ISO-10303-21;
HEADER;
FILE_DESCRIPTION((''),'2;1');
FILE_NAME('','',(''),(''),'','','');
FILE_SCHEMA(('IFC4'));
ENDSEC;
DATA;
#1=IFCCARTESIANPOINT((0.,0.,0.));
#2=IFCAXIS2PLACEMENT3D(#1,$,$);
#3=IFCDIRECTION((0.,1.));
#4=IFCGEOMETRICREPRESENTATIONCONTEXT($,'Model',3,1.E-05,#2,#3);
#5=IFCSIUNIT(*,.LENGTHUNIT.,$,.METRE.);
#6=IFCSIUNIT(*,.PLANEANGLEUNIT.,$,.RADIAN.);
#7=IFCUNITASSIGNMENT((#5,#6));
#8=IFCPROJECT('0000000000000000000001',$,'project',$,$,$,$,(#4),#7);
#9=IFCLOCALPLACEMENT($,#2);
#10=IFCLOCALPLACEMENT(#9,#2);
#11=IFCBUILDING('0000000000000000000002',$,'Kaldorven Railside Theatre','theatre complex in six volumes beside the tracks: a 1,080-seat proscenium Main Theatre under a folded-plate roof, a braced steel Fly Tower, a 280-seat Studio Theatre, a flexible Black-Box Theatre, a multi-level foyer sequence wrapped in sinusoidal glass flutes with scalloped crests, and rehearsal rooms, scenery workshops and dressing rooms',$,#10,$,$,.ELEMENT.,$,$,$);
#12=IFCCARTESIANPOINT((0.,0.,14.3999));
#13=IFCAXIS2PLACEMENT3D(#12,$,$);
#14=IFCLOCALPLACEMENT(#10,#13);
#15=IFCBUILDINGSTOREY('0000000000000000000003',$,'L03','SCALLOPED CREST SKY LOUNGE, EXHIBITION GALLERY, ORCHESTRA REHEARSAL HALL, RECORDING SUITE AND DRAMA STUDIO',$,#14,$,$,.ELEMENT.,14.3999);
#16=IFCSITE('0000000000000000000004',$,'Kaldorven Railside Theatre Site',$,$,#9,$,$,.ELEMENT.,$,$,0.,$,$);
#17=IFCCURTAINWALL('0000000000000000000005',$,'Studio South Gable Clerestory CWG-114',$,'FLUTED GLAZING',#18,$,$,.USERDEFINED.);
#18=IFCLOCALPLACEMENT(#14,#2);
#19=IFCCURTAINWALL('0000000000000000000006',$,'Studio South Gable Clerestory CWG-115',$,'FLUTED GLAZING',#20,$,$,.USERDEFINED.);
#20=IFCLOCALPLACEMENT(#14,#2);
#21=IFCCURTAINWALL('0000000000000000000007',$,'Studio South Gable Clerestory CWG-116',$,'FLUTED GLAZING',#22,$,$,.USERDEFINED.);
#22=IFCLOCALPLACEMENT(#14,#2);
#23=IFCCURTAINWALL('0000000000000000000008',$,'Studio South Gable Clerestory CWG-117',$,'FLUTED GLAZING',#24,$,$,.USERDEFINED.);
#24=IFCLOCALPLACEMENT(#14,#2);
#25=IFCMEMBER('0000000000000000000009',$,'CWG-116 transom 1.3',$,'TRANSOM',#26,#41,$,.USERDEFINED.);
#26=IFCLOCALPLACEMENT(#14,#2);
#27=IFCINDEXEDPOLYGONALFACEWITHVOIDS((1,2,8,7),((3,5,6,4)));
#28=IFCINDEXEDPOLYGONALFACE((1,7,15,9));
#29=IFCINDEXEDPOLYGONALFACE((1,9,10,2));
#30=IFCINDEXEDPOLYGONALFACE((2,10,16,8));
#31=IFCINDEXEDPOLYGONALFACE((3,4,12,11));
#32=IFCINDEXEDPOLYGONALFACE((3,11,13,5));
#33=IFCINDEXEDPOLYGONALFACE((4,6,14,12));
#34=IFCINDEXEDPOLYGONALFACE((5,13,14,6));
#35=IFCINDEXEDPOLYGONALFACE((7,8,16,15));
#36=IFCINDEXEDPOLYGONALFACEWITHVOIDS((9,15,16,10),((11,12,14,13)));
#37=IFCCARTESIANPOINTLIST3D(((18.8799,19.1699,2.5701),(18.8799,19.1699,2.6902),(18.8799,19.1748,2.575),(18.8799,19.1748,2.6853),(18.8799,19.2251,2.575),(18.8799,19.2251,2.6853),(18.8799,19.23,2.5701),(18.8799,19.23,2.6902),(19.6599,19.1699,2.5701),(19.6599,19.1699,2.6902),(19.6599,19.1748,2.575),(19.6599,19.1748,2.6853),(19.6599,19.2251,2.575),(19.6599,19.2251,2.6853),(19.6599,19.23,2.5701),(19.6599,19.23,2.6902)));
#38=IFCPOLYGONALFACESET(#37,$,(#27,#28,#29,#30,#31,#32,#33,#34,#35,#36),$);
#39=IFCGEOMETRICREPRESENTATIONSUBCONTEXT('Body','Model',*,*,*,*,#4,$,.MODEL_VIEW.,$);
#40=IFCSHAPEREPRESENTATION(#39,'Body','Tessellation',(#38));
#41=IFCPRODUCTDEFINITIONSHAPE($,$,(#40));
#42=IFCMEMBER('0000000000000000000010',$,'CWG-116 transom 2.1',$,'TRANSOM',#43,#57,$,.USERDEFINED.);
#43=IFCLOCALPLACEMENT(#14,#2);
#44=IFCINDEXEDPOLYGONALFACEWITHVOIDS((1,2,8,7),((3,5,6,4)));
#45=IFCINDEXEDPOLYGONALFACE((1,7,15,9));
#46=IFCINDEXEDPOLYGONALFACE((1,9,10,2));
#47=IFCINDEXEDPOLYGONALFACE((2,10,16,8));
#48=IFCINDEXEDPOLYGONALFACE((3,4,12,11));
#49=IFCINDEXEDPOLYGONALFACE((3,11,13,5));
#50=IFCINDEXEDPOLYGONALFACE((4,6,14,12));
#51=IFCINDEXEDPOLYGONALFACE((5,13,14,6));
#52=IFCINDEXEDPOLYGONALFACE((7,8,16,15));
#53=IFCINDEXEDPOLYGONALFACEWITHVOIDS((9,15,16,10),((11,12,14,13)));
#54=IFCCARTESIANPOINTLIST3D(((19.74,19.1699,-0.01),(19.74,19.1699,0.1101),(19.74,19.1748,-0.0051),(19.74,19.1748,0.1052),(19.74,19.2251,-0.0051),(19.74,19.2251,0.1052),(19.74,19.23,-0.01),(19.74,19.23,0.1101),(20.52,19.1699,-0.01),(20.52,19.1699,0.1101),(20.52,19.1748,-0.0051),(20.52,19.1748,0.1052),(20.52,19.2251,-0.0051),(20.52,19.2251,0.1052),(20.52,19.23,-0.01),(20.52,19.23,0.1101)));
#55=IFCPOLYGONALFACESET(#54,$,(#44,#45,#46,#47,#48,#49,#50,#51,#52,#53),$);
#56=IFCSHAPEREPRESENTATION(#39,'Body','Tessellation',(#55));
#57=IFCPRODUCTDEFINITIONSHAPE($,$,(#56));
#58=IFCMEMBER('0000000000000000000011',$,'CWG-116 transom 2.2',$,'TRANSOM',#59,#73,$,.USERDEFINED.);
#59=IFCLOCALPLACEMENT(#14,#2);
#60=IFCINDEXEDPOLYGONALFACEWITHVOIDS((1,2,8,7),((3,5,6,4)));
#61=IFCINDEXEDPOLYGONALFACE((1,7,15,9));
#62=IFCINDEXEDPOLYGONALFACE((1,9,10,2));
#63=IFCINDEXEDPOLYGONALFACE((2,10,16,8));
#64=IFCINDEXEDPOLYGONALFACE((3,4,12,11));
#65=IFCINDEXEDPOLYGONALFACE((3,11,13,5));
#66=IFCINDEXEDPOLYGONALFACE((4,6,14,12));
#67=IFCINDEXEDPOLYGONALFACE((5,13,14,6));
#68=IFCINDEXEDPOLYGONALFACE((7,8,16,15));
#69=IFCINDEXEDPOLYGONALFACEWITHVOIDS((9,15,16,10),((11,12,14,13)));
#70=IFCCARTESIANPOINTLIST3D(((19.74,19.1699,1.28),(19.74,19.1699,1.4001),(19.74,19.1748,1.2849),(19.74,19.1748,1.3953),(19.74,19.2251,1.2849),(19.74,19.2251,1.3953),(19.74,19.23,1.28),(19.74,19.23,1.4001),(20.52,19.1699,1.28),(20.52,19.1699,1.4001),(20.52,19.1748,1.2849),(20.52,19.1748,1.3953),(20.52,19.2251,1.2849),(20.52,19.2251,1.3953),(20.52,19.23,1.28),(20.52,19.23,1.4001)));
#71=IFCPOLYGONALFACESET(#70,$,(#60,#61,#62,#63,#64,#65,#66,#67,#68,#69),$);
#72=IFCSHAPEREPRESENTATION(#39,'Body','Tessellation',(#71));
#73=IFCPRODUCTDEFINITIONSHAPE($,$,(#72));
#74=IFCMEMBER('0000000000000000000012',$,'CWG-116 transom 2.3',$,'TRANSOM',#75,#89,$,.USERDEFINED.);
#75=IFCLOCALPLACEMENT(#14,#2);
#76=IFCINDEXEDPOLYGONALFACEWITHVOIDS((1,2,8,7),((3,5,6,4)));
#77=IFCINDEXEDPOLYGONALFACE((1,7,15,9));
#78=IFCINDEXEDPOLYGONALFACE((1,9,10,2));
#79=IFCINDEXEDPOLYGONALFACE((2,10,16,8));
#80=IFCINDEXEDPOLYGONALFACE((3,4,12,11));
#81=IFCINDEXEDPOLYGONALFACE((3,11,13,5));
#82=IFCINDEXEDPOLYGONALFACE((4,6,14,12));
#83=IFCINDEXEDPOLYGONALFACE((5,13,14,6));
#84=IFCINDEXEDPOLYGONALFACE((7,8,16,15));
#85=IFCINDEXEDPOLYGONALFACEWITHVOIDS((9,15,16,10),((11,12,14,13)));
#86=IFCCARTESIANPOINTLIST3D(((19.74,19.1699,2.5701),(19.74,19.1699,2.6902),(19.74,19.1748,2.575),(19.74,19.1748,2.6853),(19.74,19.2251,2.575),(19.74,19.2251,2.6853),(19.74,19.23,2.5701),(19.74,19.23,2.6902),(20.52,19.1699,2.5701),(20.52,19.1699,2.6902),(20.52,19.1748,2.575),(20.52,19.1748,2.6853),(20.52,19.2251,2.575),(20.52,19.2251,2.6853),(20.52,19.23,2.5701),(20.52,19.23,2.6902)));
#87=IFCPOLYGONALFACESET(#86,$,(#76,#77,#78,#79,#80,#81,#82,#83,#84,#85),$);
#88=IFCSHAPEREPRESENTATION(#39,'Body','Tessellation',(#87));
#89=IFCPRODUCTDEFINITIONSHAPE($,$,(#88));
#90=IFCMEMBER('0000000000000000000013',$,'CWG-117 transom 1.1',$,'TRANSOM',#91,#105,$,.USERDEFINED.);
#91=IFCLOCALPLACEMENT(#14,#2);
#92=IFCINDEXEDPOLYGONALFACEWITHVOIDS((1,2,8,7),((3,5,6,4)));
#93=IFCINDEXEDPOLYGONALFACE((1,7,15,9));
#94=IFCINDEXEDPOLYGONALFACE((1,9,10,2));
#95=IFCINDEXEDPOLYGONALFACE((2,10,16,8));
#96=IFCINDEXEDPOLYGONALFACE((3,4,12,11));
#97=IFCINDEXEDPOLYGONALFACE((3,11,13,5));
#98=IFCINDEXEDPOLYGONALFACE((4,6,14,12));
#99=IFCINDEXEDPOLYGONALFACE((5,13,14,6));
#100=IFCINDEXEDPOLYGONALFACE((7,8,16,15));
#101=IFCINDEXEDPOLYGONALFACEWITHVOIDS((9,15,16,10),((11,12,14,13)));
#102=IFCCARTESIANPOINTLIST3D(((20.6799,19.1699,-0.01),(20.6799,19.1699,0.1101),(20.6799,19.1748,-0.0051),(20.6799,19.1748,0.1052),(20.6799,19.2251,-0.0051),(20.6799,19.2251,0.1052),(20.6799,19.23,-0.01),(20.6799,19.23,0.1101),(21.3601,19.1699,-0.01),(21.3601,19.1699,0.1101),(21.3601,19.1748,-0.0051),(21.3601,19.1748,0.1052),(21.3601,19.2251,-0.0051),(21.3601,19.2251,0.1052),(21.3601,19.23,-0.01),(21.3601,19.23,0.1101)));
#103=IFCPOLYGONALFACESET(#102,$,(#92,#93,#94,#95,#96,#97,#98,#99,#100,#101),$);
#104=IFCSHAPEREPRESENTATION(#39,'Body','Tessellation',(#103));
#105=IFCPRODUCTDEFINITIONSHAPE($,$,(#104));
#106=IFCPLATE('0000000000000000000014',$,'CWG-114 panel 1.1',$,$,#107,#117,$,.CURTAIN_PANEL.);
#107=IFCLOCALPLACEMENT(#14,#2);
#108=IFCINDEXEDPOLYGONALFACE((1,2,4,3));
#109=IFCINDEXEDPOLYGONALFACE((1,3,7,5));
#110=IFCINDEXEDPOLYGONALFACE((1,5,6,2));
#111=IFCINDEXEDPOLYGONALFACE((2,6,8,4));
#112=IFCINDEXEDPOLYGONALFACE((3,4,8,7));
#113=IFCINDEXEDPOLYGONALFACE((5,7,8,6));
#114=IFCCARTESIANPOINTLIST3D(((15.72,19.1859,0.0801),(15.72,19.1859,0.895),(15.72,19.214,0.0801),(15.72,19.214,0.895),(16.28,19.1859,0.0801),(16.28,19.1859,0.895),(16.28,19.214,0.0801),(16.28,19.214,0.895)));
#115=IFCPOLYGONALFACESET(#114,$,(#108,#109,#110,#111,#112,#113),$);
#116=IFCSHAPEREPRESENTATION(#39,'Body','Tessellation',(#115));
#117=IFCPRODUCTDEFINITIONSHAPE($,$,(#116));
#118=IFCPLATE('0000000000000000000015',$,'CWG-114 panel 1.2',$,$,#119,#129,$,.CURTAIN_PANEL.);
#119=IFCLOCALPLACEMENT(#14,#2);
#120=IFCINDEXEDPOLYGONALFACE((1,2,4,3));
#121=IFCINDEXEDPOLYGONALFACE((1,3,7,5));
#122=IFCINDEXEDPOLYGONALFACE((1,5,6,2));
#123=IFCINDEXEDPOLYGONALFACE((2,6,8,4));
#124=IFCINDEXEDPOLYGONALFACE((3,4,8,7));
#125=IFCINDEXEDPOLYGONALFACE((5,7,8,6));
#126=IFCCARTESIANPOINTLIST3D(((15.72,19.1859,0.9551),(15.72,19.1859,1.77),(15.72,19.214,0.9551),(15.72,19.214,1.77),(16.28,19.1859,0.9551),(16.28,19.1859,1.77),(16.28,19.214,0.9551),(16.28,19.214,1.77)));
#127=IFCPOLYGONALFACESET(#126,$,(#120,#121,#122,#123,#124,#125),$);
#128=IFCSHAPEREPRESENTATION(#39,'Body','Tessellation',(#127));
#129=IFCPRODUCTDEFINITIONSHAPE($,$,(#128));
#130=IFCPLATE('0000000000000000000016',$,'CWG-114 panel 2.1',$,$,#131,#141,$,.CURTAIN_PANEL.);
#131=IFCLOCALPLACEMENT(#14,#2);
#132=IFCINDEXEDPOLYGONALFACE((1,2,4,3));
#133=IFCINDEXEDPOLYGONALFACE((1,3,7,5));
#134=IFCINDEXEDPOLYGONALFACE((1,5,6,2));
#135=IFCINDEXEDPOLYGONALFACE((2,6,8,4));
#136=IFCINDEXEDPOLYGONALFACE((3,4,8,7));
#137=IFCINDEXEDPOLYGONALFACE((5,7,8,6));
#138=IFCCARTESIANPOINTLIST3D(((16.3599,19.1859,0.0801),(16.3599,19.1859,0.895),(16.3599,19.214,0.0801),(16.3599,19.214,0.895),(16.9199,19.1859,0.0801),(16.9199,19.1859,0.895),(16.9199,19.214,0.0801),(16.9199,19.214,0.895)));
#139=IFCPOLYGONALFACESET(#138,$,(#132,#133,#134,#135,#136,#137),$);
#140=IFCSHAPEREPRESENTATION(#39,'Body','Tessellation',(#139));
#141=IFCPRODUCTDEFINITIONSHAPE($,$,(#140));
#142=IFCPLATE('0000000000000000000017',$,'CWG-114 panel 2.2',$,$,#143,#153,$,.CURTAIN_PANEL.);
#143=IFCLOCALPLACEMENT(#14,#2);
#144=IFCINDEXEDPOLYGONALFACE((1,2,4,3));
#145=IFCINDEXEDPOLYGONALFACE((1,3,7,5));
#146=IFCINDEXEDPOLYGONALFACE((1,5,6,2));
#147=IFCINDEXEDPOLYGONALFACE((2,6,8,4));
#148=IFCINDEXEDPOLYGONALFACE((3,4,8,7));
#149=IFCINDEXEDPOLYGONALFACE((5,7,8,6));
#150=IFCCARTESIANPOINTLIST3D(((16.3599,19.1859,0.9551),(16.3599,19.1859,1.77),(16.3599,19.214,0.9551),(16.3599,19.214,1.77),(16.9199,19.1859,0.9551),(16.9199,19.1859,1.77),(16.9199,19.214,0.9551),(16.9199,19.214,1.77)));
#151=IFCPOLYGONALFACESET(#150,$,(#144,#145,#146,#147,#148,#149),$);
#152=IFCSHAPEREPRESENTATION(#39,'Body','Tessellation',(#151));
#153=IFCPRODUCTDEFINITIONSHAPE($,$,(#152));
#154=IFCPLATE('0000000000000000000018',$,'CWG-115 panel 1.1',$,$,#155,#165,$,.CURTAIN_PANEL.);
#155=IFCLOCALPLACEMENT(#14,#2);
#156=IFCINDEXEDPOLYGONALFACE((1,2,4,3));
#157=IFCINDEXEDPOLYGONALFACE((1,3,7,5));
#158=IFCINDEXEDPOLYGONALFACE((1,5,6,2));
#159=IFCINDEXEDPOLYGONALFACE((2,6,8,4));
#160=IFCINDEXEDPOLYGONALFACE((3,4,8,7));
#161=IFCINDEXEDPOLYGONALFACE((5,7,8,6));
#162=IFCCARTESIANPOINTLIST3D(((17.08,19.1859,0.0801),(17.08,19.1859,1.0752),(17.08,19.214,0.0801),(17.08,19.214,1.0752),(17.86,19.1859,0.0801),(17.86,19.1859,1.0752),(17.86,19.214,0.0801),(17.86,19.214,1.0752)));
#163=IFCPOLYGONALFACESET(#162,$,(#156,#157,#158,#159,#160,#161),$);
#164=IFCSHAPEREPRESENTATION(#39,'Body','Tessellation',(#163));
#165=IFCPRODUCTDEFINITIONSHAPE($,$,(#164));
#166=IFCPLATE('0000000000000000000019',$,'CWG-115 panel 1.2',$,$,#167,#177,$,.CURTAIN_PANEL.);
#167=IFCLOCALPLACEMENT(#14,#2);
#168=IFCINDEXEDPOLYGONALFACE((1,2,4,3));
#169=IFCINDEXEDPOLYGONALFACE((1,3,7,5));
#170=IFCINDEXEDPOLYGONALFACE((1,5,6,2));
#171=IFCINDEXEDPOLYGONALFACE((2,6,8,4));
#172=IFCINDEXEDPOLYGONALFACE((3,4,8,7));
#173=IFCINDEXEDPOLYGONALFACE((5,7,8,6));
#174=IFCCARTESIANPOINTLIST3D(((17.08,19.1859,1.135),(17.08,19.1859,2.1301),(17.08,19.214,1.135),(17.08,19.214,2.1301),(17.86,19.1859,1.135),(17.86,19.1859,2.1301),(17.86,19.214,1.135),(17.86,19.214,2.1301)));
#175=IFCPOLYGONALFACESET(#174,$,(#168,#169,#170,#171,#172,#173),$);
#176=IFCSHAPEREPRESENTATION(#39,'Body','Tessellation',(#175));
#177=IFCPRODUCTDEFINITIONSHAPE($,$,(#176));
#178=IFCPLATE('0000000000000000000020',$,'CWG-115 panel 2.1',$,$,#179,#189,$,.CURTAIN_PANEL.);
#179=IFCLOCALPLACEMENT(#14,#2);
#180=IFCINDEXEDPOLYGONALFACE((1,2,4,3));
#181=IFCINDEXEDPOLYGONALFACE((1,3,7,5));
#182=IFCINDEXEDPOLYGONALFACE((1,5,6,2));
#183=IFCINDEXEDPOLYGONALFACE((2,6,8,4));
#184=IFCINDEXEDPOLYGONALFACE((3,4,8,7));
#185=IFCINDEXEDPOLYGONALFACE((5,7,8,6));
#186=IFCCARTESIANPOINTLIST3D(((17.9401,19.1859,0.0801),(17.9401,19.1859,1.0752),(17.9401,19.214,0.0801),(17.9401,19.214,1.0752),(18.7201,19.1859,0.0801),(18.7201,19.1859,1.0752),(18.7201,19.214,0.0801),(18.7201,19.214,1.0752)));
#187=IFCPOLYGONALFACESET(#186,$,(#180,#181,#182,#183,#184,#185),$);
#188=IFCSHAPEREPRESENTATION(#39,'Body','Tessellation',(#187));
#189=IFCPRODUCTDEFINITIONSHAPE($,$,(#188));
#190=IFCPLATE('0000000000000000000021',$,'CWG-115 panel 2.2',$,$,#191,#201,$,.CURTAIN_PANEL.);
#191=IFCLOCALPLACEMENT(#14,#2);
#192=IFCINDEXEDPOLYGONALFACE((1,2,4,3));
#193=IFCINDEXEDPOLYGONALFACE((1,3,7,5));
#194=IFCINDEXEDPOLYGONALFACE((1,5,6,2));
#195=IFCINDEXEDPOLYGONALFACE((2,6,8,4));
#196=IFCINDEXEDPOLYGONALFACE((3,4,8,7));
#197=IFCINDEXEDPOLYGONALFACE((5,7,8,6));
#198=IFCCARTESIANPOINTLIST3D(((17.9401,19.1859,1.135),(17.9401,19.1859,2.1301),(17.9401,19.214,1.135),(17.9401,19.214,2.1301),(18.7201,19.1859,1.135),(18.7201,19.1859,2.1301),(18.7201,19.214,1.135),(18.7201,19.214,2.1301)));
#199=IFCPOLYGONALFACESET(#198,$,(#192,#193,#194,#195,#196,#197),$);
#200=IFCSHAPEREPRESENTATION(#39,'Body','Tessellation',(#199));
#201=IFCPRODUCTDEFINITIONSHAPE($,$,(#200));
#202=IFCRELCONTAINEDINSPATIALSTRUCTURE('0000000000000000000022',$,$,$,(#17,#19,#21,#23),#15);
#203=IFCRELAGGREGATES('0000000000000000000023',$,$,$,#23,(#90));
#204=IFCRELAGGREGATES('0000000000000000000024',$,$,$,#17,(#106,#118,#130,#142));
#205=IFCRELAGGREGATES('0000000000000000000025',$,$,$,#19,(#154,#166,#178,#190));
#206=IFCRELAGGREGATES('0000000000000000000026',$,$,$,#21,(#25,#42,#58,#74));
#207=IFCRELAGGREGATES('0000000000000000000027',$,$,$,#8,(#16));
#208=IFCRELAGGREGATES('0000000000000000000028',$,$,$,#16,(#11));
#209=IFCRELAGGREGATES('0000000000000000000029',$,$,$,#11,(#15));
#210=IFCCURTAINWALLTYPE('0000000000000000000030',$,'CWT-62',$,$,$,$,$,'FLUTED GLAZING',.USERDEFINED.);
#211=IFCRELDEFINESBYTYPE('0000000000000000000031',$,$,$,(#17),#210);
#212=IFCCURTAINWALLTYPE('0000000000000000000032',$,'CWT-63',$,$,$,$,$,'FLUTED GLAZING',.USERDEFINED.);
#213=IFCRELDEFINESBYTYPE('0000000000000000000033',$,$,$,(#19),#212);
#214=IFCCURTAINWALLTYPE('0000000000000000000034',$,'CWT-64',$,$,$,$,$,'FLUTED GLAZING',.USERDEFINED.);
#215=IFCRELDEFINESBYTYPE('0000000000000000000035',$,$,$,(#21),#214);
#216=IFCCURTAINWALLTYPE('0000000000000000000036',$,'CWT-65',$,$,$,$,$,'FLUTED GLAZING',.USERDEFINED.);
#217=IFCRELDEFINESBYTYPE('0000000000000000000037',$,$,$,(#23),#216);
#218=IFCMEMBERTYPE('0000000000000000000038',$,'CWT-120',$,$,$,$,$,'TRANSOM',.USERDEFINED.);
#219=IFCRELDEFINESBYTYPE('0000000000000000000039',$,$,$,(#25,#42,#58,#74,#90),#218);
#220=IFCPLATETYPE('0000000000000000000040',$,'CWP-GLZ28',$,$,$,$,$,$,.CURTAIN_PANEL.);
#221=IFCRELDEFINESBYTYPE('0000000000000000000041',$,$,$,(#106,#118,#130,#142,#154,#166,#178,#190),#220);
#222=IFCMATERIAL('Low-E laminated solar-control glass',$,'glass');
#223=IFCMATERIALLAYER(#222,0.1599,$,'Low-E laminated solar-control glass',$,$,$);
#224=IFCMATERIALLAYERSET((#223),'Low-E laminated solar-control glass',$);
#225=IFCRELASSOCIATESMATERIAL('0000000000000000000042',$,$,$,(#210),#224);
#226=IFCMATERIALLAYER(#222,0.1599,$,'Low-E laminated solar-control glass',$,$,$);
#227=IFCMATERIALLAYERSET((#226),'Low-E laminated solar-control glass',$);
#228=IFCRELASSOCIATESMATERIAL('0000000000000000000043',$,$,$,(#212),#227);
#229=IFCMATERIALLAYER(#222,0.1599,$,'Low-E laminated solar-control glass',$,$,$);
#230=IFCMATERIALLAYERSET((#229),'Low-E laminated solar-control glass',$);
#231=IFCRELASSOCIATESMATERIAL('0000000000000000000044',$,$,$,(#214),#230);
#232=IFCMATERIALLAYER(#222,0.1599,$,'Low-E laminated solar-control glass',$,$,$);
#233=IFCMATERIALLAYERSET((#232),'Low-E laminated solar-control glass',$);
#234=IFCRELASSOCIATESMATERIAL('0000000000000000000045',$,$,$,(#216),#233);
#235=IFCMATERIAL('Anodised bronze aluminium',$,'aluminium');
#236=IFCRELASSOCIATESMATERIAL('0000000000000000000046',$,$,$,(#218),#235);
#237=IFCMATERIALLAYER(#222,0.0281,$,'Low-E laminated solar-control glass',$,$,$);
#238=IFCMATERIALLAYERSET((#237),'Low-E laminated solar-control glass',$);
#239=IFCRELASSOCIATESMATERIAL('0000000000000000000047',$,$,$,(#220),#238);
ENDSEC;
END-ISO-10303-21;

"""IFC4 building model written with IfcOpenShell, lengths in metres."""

from ifc_helpers import new_model, si_unit, direction, frame, origin, origin_2d, place, context, subcontext, project, spatial, rectangle, hollow_rectangle, extrude, material, layer, layer_set, material_profile, profile_set, type_object, element, aggregate, save


model = new_model("IFC4")

# Units and contexts
model_context = context("Model", 3, precision=1e-05, world=origin(), true_north=direction((0.0, 1.0)))
body_context = subcontext(model_context, "Body", "Model", "MODEL_VIEW")
ifc_project = project(units=[si_unit("LENGTHUNIT", "METRE"), si_unit("PLANEANGLEUNIT", "RADIAN")], contexts=[model_context])

# Site, building, storey
site_placement = place(None, origin())
site = spatial("IfcSite", under=ifc_project, at=site_placement, Name="Kaldorven Railside Theatre Site", CompositionType="ELEMENT", RefElevation=0.0)
building_placement = place(site_placement, origin())
building = spatial("IfcBuilding", under=site, at=building_placement, Name="Kaldorven Railside Theatre", Description="theatre complex in six volumes beside the tracks: a 1,080-seat proscenium Main Theatre under a folded-plate roof, a braced steel Fly Tower, a 280-seat Studio Theatre, a flexible Black-Box Theatre, a multi-level foyer sequence wrapped in sinusoidal glass flutes with scalloped crests, and rehearsal rooms, scenery workshops and dressing rooms", CompositionType="ELEMENT")
storey_placement = place(building_placement, frame((0.0, 0.0, 14.3999)))
storey = spatial("IfcBuildingStorey", under=building, at=storey_placement, Name="L03", Description="SCALLOPED CREST SKY LOUNGE, EXHIBITION GALLERY, ORCHESTRA REHEARSAL HALL, RECORDING SUITE AND DRAMA STUDIO", CompositionType="ELEMENT", Elevation=14.3999)

# Curtain walls
ifc_material_1 = material(Name="Low-E laminated solar-control glass", Category="glass")
ifc_layer_1 = layer(ifc_material_1, 0.1599, Name="Low-E laminated solar-control glass")
ifc_layer_set_1 = layer_set([ifc_layer_1], Name="Low-E laminated solar-control glass")
curtain_wall_type_1 = type_object("IfcCurtainWallType", Name="CWT-62", ElementType="FLUTED GLAZING", PredefinedType="USERDEFINED", material=ifc_layer_set_1)
curtain_wall_1_placement = place(storey_placement, origin())
curtain_wall_1 = element("IfcCurtainWall", 1, at=curtain_wall_1_placement, inside=storey, type_object=curtain_wall_type_1, Name="Studio South Gable Clerestory CWG-114", ObjectType="FLUTED GLAZING", PredefinedType="USERDEFINED")
ifc_material_2 = material(Name="Anodised bronze aluminium", Category="aluminium")
ifc_layer_2 = layer(ifc_material_1, 0.1599, Name="Low-E laminated solar-control glass")
ifc_layer_set_2 = layer_set([ifc_layer_2], Name="Low-E laminated solar-control glass")
curtain_wall_type_2 = type_object("IfcCurtainWallType", Name="CWT-63", ElementType="FLUTED GLAZING", PredefinedType="USERDEFINED", material=ifc_layer_set_2)
curtain_wall_2_placement = place(storey_placement, origin())
curtain_wall_2 = element("IfcCurtainWall", 2, at=curtain_wall_2_placement, inside=storey, type_object=curtain_wall_type_2, Name="Studio South Gable Clerestory CWG-115", ObjectType="FLUTED GLAZING", PredefinedType="USERDEFINED")
ifc_layer_3 = layer(ifc_material_1, 0.1599, Name="Low-E laminated solar-control glass")
ifc_layer_set_3 = layer_set([ifc_layer_3], Name="Low-E laminated solar-control glass")
curtain_wall_type_3 = type_object("IfcCurtainWallType", Name="CWT-64", ElementType="FLUTED GLAZING", PredefinedType="USERDEFINED", material=ifc_layer_set_3)
curtain_wall_3_placement = place(storey_placement, origin())
curtain_wall_3 = element("IfcCurtainWall", 3, at=curtain_wall_3_placement, inside=storey, type_object=curtain_wall_type_3, Name="Studio South Gable Clerestory CWG-116", ObjectType="FLUTED GLAZING", PredefinedType="USERDEFINED")

# Curtain wall
ifc_layer_4 = layer(ifc_material_1, 0.1599, Name="Low-E laminated solar-control glass")
ifc_layer_set_4 = layer_set([ifc_layer_4], Name="Low-E laminated solar-control glass")
curtain_wall_type_4 = type_object("IfcCurtainWallType", Name="CWT-65", ElementType="FLUTED GLAZING", PredefinedType="USERDEFINED", material=ifc_layer_set_4)
curtain_wall_4_placement = place(storey_placement, origin())
curtain_wall_4 = element("IfcCurtainWall", 4, at=curtain_wall_4_placement, inside=storey, type_object=curtain_wall_type_4, Name="Studio South Gable Clerestory CWG-117", ObjectType="FLUTED GLAZING", PredefinedType="USERDEFINED")

# Members
ifc_material_profile_1 = material_profile(ifc_material_2, hollow_rectangle(XDim=0.0601, YDim=0.1201, WallThickness=0.0049, at=origin_2d()), Name="RHS 120x60x5")
ifc_profile_set_1 = profile_set([ifc_material_profile_1], Name="Anodised bronze aluminium")
member_type_1 = type_object("IfcMemberType", Name="CWT-120", ElementType="TRANSOM", PredefinedType="USERDEFINED", material=ifc_profile_set_1)
member_1_placement = place(storey_placement, frame((18.8799, 19.2, 2.6301), z_axis=(1.0, 0.0, 0.0), x_axis=(0.0, 1.0, 0.0)))
member_1 = element("IfcMember", 5, at=member_1_placement, type_object=member_type_1, Name="CWG-116 transom 1.3", ObjectType="TRANSOM", PredefinedType="USERDEFINED", context=body_context, shape_type="SweptSolid", body=[
    extrude(hollow_rectangle(XDim=0.0601, YDim=0.1201, WallThickness=0.0049, at=origin_2d()), origin(), (0.0, 0.0, 1.0), 0.78),
])
member_2_placement = place(storey_placement, frame((19.74, 19.2, 0.05), z_axis=(1.0, 0.0, 0.0), x_axis=(0.0, 1.0, 0.0)))
member_2 = element("IfcMember", 6, at=member_2_placement, type_object=member_type_1, Name="CWG-116 transom 2.1", ObjectType="TRANSOM", PredefinedType="USERDEFINED", context=body_context, shape_type="SweptSolid", body=[
    extrude(hollow_rectangle(XDim=0.0601, YDim=0.1201, WallThickness=0.0049, at=origin_2d()), origin(), (0.0, 0.0, 1.0), 0.78),
])
member_3_placement = place(storey_placement, frame((19.74, 19.2, 1.3401), z_axis=(1.0, 0.0, 0.0), x_axis=(0.0, 1.0, 0.0)))
member_3 = element("IfcMember", 7, at=member_3_placement, type_object=member_type_1, Name="CWG-116 transom 2.2", ObjectType="TRANSOM", PredefinedType="USERDEFINED", context=body_context, shape_type="SweptSolid", body=[
    extrude(hollow_rectangle(XDim=0.0601, YDim=0.1201, WallThickness=0.0049, at=origin_2d()), origin(), (0.0, 0.0, 1.0), 0.78),
])
member_4_placement = place(storey_placement, frame((19.74, 19.2, 2.6301), z_axis=(1.0, 0.0, 0.0), x_axis=(0.0, 1.0, 0.0)))
member_4 = element("IfcMember", 8, at=member_4_placement, type_object=member_type_1, Name="CWG-116 transom 2.3", ObjectType="TRANSOM", PredefinedType="USERDEFINED", context=body_context, shape_type="SweptSolid", body=[
    extrude(hollow_rectangle(XDim=0.0601, YDim=0.1201, WallThickness=0.0049, at=origin_2d()), origin(), (0.0, 0.0, 1.0), 0.78),
])
member_5_placement = place(storey_placement, frame((20.6799, 19.2, 0.05), z_axis=(1.0, 0.0, 0.0), x_axis=(0.0, 1.0, 0.0)))
member_5 = element("IfcMember", 9, at=member_5_placement, type_object=member_type_1, Name="CWG-117 transom 1.1", ObjectType="TRANSOM", PredefinedType="USERDEFINED", context=body_context, shape_type="SweptSolid", body=[
    extrude(hollow_rectangle(XDim=0.0601, YDim=0.1201, WallThickness=0.0049, at=origin_2d()), origin(), (0.0, 0.0, 1.0), 0.6802),
])
aggregate(curtain_wall_4, [member_5])

# Plates
ifc_layer_5 = layer(ifc_material_1, 0.0281, Name="Low-E laminated solar-control glass")
ifc_layer_set_5 = layer_set([ifc_layer_5], Name="Low-E laminated solar-control glass")
plate_type = type_object("IfcPlateType", Name="CWP-GLZ28", PredefinedType="CURTAIN_PANEL", material=ifc_layer_set_5)
plate_1_placement = place(storey_placement, frame((16.0, 19.2, 0.0801), z_axis=(0.0, 0.0, 1.0), x_axis=(1.0, 0.0, 0.0)))
plate_1 = element("IfcPlate", 10, at=plate_1_placement, type_object=plate_type, Name="CWG-114 panel 1.1", PredefinedType="CURTAIN_PANEL", context=body_context, shape_type="SweptSolid", body=[
    extrude(rectangle(XDim=0.5601, YDim=0.0281, at=origin_2d()), origin(), (0.0, 0.0, 1.0), 0.8149),
])
plate_2_placement = place(storey_placement, frame((16.0, 19.2, 0.9551), z_axis=(0.0, 0.0, 1.0), x_axis=(1.0, 0.0, 0.0)))
plate_2 = element("IfcPlate", 11, at=plate_2_placement, type_object=plate_type, Name="CWG-114 panel 1.2", PredefinedType="CURTAIN_PANEL", context=body_context, shape_type="SweptSolid", body=[
    extrude(rectangle(XDim=0.5601, YDim=0.0281, at=origin_2d()), origin(), (0.0, 0.0, 1.0), 0.8149),
])
plate_3_placement = place(storey_placement, frame((16.6399, 19.2, 0.0801), z_axis=(0.0, 0.0, 1.0), x_axis=(1.0, 0.0, 0.0)))
plate_3 = element("IfcPlate", 12, at=plate_3_placement, type_object=plate_type, Name="CWG-114 panel 2.1", PredefinedType="CURTAIN_PANEL", context=body_context, shape_type="SweptSolid", body=[
    extrude(rectangle(XDim=0.5601, YDim=0.0281, at=origin_2d()), origin(), (0.0, 0.0, 1.0), 0.8149),
])
plate_4_placement = place(storey_placement, frame((16.6399, 19.2, 0.9551), z_axis=(0.0, 0.0, 1.0), x_axis=(1.0, 0.0, 0.0)))
plate_4 = element("IfcPlate", 13, at=plate_4_placement, type_object=plate_type, Name="CWG-114 panel 2.2", PredefinedType="CURTAIN_PANEL", context=body_context, shape_type="SweptSolid", body=[
    extrude(rectangle(XDim=0.5601, YDim=0.0281, at=origin_2d()), origin(), (0.0, 0.0, 1.0), 0.8149),
])
aggregate(curtain_wall_1, [plate_1, plate_2, plate_3, plate_4])
plate_5_placement = place(storey_placement, frame((17.47, 19.2, 0.0801), z_axis=(0.0, 0.0, 1.0), x_axis=(1.0, 0.0, 0.0)))
plate_5 = element("IfcPlate", 14, at=plate_5_placement, type_object=plate_type, Name="CWG-115 panel 1.1", PredefinedType="CURTAIN_PANEL", context=body_context, shape_type="SweptSolid", body=[
    extrude(rectangle(XDim=0.78, YDim=0.0281, at=origin_2d()), origin(), (0.0, 0.0, 1.0), 0.9951),
])
plate_6_placement = place(storey_placement, frame((17.47, 19.2, 1.135), z_axis=(0.0, 0.0, 1.0), x_axis=(1.0, 0.0, 0.0)))
plate_6 = element("IfcPlate", 15, at=plate_6_placement, type_object=plate_type, Name="CWG-115 panel 1.2", PredefinedType="CURTAIN_PANEL", context=body_context, shape_type="SweptSolid", body=[
    extrude(rectangle(XDim=0.78, YDim=0.0281, at=origin_2d()), origin(), (0.0, 0.0, 1.0), 0.9951),
])
plate_7_placement = place(storey_placement, frame((18.3301, 19.2, 0.0801), z_axis=(0.0, 0.0, 1.0), x_axis=(1.0, 0.0, 0.0)))
plate_7 = element("IfcPlate", 16, at=plate_7_placement, type_object=plate_type, Name="CWG-115 panel 2.1", PredefinedType="CURTAIN_PANEL", context=body_context, shape_type="SweptSolid", body=[
    extrude(rectangle(XDim=0.78, YDim=0.0281, at=origin_2d()), origin(), (0.0, 0.0, 1.0), 0.9951),
])
plate_8_placement = place(storey_placement, frame((18.3301, 19.2, 1.135), z_axis=(0.0, 0.0, 1.0), x_axis=(1.0, 0.0, 0.0)))
plate_8 = element("IfcPlate", 17, at=plate_8_placement, type_object=plate_type, Name="CWG-115 panel 2.2", PredefinedType="CURTAIN_PANEL", context=body_context, shape_type="SweptSolid", body=[
    extrude(rectangle(XDim=0.78, YDim=0.0281, at=origin_2d()), origin(), (0.0, 0.0, 1.0), 0.9951),
])
aggregate(curtain_wall_2, [plate_5, plate_6, plate_7, plate_8])
aggregate(curtain_wall_3, [member_1, member_2, member_3, member_4])

save(model, "model.ifc")
